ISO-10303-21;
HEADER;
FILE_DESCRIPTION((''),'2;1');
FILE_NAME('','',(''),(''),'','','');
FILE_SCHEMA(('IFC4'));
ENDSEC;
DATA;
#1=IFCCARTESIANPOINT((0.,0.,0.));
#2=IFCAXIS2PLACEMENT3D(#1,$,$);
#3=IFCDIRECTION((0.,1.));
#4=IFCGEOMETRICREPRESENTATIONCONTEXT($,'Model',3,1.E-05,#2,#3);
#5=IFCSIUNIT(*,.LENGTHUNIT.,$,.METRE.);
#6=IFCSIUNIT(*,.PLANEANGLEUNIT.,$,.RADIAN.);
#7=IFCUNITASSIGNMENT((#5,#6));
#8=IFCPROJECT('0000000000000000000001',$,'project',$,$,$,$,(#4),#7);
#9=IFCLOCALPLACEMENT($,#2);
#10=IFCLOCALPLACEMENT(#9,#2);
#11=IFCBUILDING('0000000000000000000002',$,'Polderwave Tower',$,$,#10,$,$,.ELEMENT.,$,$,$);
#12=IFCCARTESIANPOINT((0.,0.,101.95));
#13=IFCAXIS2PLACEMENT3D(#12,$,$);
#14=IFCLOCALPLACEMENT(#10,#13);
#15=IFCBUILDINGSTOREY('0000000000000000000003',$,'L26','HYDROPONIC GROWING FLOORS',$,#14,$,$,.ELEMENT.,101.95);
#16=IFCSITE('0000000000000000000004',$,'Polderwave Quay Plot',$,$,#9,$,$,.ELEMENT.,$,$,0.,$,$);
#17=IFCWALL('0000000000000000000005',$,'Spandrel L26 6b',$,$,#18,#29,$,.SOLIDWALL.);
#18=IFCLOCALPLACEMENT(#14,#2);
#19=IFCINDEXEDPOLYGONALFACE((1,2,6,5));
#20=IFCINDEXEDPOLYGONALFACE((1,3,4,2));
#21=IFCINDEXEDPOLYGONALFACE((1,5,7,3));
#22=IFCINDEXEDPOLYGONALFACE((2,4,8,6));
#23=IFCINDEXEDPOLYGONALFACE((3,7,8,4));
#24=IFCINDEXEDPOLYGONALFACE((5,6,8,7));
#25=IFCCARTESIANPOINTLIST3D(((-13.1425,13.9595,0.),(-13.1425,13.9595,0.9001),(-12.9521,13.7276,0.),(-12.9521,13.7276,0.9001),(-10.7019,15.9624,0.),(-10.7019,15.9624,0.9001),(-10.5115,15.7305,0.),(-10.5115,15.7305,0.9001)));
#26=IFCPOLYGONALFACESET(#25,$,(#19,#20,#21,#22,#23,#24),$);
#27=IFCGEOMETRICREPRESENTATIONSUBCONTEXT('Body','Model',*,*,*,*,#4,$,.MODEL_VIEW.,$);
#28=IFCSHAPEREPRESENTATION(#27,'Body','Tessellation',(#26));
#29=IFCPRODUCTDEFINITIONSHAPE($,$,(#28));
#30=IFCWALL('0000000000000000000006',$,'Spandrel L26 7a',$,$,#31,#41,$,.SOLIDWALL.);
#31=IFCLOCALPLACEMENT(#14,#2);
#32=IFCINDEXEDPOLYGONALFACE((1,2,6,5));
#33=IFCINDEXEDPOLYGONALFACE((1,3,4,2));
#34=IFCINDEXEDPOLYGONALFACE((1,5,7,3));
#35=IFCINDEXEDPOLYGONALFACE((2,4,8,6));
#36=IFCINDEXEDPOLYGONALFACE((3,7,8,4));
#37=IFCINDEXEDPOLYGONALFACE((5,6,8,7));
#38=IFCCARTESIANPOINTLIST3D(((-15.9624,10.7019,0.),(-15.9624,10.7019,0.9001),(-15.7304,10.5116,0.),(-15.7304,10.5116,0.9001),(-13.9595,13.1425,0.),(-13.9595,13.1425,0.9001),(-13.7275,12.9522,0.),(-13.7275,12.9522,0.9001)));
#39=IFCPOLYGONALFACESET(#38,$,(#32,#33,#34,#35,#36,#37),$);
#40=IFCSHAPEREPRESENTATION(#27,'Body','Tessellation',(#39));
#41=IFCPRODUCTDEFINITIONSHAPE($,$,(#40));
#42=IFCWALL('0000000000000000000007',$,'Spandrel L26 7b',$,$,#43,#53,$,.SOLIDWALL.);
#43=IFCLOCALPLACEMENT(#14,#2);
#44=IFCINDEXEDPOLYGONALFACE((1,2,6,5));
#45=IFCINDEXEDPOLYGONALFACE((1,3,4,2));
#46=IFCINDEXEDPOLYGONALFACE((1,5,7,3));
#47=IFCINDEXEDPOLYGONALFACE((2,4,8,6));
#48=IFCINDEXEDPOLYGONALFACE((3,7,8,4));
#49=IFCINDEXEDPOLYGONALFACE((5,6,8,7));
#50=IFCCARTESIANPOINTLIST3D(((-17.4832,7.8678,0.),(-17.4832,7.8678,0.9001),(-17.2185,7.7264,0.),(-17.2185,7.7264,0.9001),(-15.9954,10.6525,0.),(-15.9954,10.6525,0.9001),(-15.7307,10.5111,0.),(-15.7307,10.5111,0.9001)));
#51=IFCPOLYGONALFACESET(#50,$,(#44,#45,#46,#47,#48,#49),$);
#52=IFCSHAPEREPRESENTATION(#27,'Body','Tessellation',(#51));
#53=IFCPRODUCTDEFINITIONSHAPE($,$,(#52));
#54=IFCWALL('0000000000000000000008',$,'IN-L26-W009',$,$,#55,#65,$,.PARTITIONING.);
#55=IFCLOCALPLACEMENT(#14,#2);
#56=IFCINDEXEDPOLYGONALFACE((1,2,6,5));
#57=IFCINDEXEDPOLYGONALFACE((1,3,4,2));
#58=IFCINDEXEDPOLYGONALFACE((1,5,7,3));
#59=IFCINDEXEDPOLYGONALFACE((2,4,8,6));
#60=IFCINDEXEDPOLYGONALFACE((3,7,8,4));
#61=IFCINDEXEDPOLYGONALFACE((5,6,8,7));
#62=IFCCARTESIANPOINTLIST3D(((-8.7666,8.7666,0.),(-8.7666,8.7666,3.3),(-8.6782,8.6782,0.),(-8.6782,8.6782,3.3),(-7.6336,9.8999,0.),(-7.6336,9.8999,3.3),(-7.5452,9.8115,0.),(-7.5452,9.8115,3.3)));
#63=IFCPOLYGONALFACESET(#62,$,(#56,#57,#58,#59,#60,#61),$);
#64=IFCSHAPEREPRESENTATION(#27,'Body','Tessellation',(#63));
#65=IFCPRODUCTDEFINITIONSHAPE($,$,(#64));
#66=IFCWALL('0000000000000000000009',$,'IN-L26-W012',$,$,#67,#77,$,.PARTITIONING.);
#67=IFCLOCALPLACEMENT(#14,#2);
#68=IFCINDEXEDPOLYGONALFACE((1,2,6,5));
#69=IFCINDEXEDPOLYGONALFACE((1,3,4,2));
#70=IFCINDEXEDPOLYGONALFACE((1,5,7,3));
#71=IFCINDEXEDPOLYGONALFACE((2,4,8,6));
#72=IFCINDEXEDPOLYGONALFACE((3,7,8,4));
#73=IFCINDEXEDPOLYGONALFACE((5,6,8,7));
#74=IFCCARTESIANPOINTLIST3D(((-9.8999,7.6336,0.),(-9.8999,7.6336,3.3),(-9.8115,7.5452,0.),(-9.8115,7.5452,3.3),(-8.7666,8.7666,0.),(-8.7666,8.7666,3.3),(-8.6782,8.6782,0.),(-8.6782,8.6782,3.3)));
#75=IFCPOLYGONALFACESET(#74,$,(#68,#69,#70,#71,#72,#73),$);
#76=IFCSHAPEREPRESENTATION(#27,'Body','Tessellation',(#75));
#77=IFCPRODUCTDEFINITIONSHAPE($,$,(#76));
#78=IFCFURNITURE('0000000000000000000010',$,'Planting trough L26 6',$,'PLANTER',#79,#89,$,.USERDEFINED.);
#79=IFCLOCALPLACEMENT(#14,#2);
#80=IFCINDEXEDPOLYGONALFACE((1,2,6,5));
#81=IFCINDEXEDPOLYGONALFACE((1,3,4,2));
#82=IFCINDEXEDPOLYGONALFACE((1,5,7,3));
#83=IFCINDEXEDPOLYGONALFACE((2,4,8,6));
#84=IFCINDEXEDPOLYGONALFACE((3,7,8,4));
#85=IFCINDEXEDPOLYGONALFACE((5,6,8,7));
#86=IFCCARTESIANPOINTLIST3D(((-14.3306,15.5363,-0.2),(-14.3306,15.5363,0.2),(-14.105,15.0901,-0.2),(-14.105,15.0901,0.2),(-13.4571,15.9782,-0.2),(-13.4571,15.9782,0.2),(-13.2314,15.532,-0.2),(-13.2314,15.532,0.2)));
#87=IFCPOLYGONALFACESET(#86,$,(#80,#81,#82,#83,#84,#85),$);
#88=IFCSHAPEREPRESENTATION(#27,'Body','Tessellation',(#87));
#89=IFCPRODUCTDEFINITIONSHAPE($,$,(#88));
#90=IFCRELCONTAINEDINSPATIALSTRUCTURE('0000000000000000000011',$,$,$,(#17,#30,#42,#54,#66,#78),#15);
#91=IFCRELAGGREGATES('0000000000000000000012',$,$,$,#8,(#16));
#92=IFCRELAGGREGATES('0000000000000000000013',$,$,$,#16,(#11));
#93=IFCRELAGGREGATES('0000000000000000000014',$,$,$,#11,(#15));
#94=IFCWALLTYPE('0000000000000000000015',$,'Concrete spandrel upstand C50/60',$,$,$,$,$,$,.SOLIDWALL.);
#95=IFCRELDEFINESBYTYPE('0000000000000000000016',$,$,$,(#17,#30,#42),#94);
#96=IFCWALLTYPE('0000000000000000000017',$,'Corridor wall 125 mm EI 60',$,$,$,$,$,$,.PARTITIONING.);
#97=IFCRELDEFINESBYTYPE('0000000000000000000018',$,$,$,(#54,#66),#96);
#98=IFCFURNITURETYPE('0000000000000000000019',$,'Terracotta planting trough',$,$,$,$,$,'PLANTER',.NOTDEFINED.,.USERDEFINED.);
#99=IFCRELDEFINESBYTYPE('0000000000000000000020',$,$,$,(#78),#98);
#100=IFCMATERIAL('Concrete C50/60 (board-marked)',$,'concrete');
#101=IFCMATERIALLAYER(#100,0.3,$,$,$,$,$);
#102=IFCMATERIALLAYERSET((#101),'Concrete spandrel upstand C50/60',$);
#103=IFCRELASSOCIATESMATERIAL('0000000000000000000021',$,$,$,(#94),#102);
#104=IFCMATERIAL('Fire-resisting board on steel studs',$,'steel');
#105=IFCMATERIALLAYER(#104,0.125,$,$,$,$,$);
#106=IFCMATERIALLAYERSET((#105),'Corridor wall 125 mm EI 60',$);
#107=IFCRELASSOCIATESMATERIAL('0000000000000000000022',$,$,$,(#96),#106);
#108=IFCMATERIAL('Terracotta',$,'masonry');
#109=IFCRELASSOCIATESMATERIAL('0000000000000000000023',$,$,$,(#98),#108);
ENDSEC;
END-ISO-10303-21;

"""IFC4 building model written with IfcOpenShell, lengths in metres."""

from ifc_helpers import new_model, si_unit, direction, frame, frame_2d, origin, origin_2d, place, context, subcontext, project, spatial, rectangle, extrude, material, layer, layer_set, type_object, element, save


model = new_model("IFC4")

# Units and contexts
model_context = context("Model", 3, precision=1e-05, world=origin(), true_north=direction((0.0, 1.0)))
body_context = subcontext(model_context, "Body", "Model", "MODEL_VIEW")
ifc_project = project(units=[si_unit("LENGTHUNIT", "METRE"), si_unit("PLANEANGLEUNIT", "RADIAN")], contexts=[model_context])

# Site, building, storey
site_placement = place(None, origin())
site = spatial("IfcSite", under=ifc_project, at=site_placement, Name="Polderwave Quay Plot", CompositionType="ELEMENT", RefElevation=0.0)
building_placement = place(site_placement, origin())
building = spatial("IfcBuilding", under=site, at=building_placement, Name="Polderwave Tower", CompositionType="ELEMENT")
storey_placement = place(building_placement, frame((0.0, 0.0, 101.95)))
storey = spatial("IfcBuildingStorey", under=building, at=storey_placement, Name="L26", Description="HYDROPONIC GROWING FLOORS", CompositionType="ELEMENT", Elevation=101.95)

# Walls
ifc_material_1 = material(Name="Concrete C50/60 (board-marked)", Category="concrete")
ifc_layer_1 = layer(ifc_material_1, 0.3)
ifc_layer_set_1 = layer_set([ifc_layer_1], Name="Concrete spandrel upstand C50/60")
wall_type_1 = type_object("IfcWallType", Name="Concrete spandrel upstand C50/60", PredefinedType="SOLIDWALL", material=ifc_layer_set_1)
for number, where, z_axis, x_axis, name in (
    (1, (-10.6067, 15.8464, 0.0), (0.0, 0.0, 1.0), (-0.773023, -0.634378, 0.0), "Spandrel L26 6b"),
    (2, (-13.8435, 13.0474, 0.0), (0.0, 0.0, 1.0), (-0.634378, -0.773023, 0.0), "Spandrel L26 7a"),
    (3, (-15.863, 10.5818, 0.0), (0.0, 0.0, 1.0), (-0.471238, -0.882006, 0.0), "Spandrel L26 7b"),
):
    element("IfcWall", number, at=place(storey_placement, frame(where, z_axis=z_axis, x_axis=x_axis)), inside=storey, type_object=wall_type_1, Name=name, PredefinedType="SOLIDWALL", context=body_context, shape_type="SweptSolid", body=[
        extrude(rectangle(XDim=3.1572, YDim=0.3, at=frame_2d((1.5786, 0.0))), origin(), (0.0, 0.0, 1.0), 0.9001),
    ])
ifc_material_2 = material(Name="Fire-resisting board on steel studs", Category="steel")
ifc_layer_2 = layer(ifc_material_2, 0.125)
ifc_layer_set_2 = layer_set([ifc_layer_2], Name="Corridor wall 125 mm EI 60")
wall_type_2 = type_object("IfcWallType", Name="Corridor wall 125 mm EI 60", PredefinedType="PARTITIONING", material=ifc_layer_set_2)
for number, where, z_axis, x_axis, name in (
    (4, (-8.7224, 8.7224, 0.0), (0.0, 0.0, 1.0), (0.707031, 0.707183, 0.0), "IN-L26-W009"),
    (5, (-9.8557, 7.5894, 0.0), (0.0, 0.0, 1.0), (0.707183, 0.707031, 0.0), "IN-L26-W012"),
):
    element("IfcWall", number, at=place(storey_placement, frame(where, z_axis=z_axis, x_axis=x_axis)), inside=storey, type_object=wall_type_2, Name=name, PredefinedType="PARTITIONING", context=body_context, shape_type="SweptSolid", body=[
        extrude(rectangle(XDim=1.6025, YDim=0.125, at=frame_2d((0.8013, 0.0))), origin(), (0.0, 0.0, 1.0), 3.3),
    ])

# Furniture
ifc_material_3 = material(Name="Terracotta", Category="masonry")
furniture_type = type_object("IfcFurnitureType", Name="Terracotta planting trough", ElementType="PLANTER", AssemblyPlace="NOTDEFINED", PredefinedType="USERDEFINED", material=ifc_material_3)
furniture_placement = place(storey_placement, frame((-13.781, 15.5342, -0.2), z_axis=(0.0, 0.0, 1.0), x_axis=(-0.892334, -0.451376, 0.0)))
element("IfcFurniture", 6, at=furniture_placement, inside=storey, type_object=furniture_type, Name="Planting trough L26 6", ObjectType="PLANTER", PredefinedType="USERDEFINED", context=body_context, shape_type="SweptSolid", body=[
    extrude(rectangle(XDim=0.979, YDim=0.5, at=origin_2d()), origin(), (0.0, 0.0, 1.0), 0.3999),
])

save(model, "model.ifc")
